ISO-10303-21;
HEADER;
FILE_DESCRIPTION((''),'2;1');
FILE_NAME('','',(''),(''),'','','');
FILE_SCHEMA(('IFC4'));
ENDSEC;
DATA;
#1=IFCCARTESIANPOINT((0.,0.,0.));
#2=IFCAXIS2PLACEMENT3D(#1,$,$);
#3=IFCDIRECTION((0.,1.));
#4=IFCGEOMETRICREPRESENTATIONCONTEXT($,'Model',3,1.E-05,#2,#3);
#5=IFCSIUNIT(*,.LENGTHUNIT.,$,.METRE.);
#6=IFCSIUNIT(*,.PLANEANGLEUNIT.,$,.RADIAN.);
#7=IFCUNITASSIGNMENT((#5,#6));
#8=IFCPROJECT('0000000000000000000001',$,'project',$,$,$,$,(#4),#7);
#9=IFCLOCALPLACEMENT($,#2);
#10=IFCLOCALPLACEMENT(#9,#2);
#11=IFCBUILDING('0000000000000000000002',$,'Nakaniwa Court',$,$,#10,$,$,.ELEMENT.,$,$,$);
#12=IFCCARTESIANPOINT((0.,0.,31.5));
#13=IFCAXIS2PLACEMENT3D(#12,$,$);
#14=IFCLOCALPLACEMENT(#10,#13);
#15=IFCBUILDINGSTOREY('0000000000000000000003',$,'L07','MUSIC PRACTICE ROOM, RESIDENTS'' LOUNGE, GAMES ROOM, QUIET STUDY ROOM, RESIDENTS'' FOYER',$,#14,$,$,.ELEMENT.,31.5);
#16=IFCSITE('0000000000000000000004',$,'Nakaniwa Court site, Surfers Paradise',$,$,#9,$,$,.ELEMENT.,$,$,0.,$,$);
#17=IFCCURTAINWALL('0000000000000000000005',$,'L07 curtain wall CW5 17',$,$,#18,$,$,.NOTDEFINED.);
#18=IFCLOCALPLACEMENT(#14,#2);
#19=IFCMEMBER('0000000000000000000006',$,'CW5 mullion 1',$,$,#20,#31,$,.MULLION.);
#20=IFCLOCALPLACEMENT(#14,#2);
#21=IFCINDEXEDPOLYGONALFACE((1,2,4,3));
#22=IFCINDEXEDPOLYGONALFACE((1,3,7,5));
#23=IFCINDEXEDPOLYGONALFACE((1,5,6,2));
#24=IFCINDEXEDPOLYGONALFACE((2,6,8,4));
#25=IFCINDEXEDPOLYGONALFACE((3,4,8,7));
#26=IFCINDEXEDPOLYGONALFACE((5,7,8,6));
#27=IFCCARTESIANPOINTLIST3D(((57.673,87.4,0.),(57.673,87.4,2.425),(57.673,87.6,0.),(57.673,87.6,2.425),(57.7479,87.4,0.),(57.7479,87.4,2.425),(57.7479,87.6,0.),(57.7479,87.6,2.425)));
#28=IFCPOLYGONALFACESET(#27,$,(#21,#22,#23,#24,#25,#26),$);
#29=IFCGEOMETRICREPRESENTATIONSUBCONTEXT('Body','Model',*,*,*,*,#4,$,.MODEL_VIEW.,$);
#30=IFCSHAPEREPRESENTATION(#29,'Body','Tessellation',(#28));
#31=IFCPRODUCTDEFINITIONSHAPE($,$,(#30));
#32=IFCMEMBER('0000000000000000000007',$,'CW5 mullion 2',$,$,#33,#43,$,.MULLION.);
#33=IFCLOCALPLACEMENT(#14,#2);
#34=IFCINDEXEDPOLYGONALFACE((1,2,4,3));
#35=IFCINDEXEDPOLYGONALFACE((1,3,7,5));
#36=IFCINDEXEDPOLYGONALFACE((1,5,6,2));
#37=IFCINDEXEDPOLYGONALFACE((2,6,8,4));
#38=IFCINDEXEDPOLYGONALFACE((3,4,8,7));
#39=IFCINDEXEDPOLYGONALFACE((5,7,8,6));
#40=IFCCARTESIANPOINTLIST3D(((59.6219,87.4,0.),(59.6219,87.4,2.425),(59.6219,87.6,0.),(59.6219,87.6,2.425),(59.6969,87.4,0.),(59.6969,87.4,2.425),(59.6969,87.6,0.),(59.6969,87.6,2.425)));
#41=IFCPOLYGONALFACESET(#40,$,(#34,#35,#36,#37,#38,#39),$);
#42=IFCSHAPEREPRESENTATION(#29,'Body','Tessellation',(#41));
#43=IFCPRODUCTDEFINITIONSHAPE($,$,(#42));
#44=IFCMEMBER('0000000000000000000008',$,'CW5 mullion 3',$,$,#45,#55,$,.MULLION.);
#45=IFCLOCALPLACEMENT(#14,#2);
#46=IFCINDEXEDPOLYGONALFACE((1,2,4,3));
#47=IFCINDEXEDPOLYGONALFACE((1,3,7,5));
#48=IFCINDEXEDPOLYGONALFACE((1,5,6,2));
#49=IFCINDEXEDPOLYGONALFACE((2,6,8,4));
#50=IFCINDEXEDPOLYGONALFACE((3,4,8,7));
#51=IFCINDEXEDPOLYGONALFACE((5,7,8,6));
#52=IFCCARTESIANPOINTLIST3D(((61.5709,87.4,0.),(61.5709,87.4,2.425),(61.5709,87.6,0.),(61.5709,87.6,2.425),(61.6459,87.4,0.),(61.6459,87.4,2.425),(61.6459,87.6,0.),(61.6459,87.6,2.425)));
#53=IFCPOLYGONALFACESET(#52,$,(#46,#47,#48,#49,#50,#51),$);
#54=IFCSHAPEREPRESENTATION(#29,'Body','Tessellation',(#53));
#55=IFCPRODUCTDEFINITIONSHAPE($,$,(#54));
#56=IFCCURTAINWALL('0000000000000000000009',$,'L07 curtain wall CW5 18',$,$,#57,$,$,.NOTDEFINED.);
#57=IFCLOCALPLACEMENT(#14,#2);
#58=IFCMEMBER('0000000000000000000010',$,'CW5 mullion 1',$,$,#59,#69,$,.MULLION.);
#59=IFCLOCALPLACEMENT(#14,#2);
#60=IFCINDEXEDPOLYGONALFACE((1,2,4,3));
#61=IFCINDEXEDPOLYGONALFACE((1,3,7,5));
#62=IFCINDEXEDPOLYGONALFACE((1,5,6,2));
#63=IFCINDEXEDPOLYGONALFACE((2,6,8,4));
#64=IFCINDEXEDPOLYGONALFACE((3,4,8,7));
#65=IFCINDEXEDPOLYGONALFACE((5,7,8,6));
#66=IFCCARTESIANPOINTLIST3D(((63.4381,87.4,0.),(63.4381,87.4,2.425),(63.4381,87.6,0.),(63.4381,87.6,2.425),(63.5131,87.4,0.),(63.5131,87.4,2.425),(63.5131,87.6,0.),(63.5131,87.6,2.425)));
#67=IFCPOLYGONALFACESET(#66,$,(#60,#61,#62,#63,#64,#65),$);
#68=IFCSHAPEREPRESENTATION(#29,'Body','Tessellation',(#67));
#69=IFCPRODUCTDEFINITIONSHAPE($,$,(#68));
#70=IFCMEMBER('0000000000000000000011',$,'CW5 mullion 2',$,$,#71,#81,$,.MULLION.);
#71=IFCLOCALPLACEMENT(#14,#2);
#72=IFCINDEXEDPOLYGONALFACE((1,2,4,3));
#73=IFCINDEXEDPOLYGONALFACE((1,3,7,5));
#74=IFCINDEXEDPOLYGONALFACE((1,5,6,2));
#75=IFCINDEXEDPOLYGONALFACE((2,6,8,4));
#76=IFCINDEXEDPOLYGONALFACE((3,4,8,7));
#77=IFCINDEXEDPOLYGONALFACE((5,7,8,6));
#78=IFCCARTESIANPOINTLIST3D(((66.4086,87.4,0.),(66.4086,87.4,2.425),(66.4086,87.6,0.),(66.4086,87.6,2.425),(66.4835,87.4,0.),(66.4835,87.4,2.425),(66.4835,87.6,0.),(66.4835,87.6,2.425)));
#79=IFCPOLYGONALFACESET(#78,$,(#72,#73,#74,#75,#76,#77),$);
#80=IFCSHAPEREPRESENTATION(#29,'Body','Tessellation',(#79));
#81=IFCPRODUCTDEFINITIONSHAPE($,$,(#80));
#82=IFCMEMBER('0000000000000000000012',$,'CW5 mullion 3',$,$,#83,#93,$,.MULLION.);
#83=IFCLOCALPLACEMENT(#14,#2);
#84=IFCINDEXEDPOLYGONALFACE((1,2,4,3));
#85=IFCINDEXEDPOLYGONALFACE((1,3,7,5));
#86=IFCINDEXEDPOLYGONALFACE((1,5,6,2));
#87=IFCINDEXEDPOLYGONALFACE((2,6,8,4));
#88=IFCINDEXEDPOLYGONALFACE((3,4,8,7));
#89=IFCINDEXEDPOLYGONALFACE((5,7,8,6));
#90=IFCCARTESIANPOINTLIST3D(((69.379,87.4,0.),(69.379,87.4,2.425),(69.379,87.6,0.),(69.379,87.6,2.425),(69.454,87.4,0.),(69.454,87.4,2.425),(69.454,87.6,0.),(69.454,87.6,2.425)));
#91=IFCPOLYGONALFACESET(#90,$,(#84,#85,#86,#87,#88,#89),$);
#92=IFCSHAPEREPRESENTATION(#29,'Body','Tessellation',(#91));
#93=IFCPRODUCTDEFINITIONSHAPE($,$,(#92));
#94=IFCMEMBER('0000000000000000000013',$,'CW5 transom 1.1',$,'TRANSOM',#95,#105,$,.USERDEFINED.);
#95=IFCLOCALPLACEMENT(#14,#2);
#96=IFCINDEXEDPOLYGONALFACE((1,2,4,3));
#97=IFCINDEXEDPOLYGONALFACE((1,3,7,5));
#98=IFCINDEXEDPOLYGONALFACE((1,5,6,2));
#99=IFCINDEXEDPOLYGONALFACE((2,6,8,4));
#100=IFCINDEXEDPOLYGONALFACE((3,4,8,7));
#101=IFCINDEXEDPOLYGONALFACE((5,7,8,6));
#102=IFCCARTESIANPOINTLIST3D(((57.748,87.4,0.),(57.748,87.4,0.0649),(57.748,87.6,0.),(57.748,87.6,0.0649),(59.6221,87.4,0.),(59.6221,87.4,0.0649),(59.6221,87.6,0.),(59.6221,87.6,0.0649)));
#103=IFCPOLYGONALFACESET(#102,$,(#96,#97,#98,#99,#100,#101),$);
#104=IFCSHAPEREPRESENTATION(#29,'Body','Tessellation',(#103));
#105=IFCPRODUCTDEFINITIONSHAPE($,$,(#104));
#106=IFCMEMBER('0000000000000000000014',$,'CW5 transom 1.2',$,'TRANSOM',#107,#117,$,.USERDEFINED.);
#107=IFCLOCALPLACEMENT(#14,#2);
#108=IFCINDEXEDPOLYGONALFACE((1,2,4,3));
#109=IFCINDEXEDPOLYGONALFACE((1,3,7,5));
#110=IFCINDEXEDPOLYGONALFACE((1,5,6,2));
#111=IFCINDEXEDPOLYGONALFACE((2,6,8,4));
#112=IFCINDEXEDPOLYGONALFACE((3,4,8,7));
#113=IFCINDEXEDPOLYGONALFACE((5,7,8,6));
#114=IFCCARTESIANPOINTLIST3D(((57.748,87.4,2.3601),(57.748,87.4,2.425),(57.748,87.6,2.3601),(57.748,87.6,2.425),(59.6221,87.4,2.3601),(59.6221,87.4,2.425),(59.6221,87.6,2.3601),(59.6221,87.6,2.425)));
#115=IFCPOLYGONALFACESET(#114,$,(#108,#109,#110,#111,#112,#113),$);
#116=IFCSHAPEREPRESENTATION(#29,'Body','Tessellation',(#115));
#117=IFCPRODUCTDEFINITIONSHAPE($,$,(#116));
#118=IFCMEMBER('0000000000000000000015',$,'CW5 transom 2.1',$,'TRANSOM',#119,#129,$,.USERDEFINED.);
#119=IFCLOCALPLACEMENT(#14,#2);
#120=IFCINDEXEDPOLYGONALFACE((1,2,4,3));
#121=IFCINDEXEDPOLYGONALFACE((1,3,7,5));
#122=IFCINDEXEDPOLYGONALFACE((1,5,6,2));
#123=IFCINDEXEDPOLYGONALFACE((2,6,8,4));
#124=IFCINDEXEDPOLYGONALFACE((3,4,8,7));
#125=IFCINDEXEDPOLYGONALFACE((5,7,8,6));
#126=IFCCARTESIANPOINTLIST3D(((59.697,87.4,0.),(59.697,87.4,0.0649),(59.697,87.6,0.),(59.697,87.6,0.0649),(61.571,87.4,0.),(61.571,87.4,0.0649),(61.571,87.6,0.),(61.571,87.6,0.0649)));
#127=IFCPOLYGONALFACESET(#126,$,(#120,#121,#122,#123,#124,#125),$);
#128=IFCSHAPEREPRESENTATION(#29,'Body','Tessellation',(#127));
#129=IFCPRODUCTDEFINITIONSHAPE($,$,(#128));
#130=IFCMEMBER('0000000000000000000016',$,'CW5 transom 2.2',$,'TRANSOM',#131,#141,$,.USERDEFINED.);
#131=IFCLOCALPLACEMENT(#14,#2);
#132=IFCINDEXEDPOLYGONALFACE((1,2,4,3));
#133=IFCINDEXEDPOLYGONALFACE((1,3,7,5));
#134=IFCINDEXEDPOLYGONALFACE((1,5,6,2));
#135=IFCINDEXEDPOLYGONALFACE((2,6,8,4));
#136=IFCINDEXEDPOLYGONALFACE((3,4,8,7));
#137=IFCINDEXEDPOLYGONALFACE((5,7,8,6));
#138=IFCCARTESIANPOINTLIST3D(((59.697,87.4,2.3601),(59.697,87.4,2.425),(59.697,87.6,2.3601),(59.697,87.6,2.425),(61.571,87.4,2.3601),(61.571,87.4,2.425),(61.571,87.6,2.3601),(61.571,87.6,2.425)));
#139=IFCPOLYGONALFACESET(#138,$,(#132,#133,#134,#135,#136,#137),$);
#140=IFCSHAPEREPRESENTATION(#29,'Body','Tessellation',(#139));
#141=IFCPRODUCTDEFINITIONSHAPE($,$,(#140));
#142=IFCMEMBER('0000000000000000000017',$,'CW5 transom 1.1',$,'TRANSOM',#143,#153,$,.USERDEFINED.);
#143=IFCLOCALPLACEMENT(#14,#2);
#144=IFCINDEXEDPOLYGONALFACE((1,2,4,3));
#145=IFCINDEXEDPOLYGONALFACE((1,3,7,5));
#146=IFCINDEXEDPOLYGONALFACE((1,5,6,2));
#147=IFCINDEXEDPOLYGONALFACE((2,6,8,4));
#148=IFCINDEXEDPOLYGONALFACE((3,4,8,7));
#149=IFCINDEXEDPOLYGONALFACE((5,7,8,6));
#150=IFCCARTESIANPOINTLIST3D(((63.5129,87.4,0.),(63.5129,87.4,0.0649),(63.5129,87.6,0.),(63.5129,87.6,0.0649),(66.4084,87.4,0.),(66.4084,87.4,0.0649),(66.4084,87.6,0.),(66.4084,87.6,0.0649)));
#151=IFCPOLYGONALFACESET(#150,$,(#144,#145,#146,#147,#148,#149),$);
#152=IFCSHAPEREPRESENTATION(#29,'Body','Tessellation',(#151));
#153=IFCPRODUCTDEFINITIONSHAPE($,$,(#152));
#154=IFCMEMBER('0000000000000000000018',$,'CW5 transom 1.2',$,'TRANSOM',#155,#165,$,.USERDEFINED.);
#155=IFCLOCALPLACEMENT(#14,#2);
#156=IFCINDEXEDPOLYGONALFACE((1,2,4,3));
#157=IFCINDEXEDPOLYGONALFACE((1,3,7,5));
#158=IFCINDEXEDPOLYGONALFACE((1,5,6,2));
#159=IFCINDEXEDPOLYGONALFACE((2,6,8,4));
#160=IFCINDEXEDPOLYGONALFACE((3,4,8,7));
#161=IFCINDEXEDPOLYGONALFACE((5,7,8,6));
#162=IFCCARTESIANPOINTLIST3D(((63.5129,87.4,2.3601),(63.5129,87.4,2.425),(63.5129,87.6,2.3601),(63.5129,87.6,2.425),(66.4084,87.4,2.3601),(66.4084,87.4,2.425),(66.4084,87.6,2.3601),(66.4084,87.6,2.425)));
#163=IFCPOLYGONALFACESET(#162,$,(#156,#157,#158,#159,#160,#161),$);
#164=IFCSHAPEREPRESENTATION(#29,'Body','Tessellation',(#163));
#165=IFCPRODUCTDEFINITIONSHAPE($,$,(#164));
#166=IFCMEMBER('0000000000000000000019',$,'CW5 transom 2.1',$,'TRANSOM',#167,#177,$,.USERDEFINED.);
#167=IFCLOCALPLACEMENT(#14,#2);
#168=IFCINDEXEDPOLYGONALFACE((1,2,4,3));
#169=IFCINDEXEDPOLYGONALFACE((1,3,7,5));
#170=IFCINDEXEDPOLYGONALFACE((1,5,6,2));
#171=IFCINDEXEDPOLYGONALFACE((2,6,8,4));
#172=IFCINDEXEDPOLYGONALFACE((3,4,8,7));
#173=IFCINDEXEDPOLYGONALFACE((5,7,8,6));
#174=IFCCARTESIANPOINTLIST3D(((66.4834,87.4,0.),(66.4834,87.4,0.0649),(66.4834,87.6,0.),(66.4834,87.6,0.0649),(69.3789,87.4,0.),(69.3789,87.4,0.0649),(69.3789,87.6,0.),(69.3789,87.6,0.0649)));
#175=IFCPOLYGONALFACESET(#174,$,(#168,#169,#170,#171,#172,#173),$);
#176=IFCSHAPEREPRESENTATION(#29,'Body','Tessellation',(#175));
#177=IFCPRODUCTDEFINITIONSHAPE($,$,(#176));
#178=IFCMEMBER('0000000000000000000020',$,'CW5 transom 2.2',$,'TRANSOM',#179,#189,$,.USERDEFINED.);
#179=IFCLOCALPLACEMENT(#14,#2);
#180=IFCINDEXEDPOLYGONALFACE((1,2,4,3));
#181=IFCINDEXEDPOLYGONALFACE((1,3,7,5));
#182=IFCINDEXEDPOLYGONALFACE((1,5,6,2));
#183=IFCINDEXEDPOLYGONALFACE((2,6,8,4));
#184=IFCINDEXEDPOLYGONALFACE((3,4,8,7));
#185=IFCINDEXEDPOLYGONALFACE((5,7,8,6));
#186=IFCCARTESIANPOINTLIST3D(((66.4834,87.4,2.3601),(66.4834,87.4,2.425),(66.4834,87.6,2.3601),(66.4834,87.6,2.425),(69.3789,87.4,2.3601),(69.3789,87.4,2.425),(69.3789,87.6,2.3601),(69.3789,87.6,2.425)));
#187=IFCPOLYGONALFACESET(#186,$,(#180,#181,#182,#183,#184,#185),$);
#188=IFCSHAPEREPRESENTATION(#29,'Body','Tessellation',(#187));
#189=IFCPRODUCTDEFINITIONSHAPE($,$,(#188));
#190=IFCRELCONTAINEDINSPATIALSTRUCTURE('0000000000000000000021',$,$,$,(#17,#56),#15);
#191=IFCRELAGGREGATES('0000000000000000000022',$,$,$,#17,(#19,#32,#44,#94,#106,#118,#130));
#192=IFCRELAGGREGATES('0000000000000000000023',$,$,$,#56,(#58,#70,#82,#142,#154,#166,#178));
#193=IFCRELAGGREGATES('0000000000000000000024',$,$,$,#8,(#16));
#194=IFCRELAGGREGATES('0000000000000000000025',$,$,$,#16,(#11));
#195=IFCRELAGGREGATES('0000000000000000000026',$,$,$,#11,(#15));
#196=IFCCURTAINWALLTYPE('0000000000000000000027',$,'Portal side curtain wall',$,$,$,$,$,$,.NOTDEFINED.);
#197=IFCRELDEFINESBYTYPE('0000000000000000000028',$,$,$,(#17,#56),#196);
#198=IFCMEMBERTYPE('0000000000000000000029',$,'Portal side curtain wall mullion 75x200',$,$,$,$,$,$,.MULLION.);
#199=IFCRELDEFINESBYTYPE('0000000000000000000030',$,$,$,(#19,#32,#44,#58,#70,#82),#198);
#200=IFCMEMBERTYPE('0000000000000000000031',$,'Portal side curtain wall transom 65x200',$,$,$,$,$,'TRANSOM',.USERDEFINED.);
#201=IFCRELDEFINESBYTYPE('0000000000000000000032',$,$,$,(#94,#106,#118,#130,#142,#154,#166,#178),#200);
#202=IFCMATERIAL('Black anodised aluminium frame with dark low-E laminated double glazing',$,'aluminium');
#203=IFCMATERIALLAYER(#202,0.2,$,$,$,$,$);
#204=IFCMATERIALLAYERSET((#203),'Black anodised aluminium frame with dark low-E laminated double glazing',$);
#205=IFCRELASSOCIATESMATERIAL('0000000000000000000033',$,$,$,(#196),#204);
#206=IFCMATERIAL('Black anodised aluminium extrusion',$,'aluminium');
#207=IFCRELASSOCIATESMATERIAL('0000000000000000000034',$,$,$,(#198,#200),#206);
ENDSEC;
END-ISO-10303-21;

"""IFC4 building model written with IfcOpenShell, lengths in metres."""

from ifc_helpers import new_model, si_unit, direction, frame, origin, origin_2d, place, context, subcontext, project, spatial, rectangle, extrude, material, layer, layer_set, material_profile, profile_set, type_object, element, aggregate, save


model = new_model("IFC4")

# Units and contexts
model_context = context("Model", 3, precision=1e-05, world=origin(), true_north=direction((0.0, 1.0)))
body_context = subcontext(model_context, "Body", "Model", "MODEL_VIEW")
ifc_project = project(units=[si_unit("LENGTHUNIT", "METRE"), si_unit("PLANEANGLEUNIT", "RADIAN")], contexts=[model_context])

# Site, building, storey
site_placement = place(None, origin())
site = spatial("IfcSite", under=ifc_project, at=site_placement, Name="Nakaniwa Court site, Surfers Paradise", CompositionType="ELEMENT", RefElevation=0.0)
building_placement = place(site_placement, origin())
building = spatial("IfcBuilding", under=site, at=building_placement, Name="Nakaniwa Court", CompositionType="ELEMENT")
storey_placement = place(building_placement, frame((0.0, 0.0, 31.5)))
storey = spatial("IfcBuildingStorey", under=building, at=storey_placement, Name="L07", Description="MUSIC PRACTICE ROOM, RESIDENTS' LOUNGE, GAMES ROOM, QUIET STUDY ROOM, RESIDENTS' FOYER", CompositionType="ELEMENT", Elevation=31.5)

# Curtain walls, members
ifc_material_1 = material(Name="Black anodised aluminium frame with dark low-E laminated double glazing", Category="aluminium")
ifc_layer_1 = layer(ifc_material_1, 0.2)
ifc_layer_set_1 = layer_set([ifc_layer_1], Name="Black anodised aluminium frame with dark low-E laminated double glazing")
curtain_wall_type = type_object("IfcCurtainWallType", Name="Portal side curtain wall", PredefinedType="NOTDEFINED", material=ifc_layer_set_1)
curtain_wall_1_placement = place(storey_placement, origin())
curtain_wall_1 = element("IfcCurtainWall", 1, at=curtain_wall_1_placement, inside=storey, type_object=curtain_wall_type, Name="L07 curtain wall CW5 17", PredefinedType="NOTDEFINED")
ifc_material_2 = material(Name="Black anodised aluminium extrusion", Category="aluminium")
ifc_material_profile_1 = material_profile(ifc_material_2, rectangle(XDim=0.2, YDim=0.075, at=origin_2d()), Name="Portal side curtain wall mullion 75x200")
ifc_profile_set_1 = profile_set([ifc_material_profile_1], Name="Black anodised aluminium extrusion")
member_type_1 = type_object("IfcMemberType", Name="Portal side curtain wall mullion 75x200", PredefinedType="MULLION", material=ifc_profile_set_1)
member_1_placement = place(storey_placement, frame((57.7104, 87.5, 0.0), z_axis=(0.0, 0.0, 1.0), x_axis=(0.0, 1.0, 0.0)))
member_1 = element("IfcMember", 2, at=member_1_placement, type_object=member_type_1, Name="CW5 mullion 1", PredefinedType="MULLION", context=body_context, shape_type="SweptSolid", body=[
    extrude(rectangle(XDim=0.2, YDim=0.075, at=origin_2d()), origin(), (0.0, 0.0, 1.0), 2.425),
])
member_2_placement = place(storey_placement, frame((59.6594, 87.5, 0.0), z_axis=(0.0, 0.0, 1.0), x_axis=(0.0, 1.0, 0.0)))
member_2 = element("IfcMember", 3, at=member_2_placement, type_object=member_type_1, Name="CW5 mullion 2", PredefinedType="MULLION", context=body_context, shape_type="SweptSolid", body=[
    extrude(rectangle(XDim=0.2, YDim=0.075, at=origin_2d()), origin(), (0.0, 0.0, 1.0), 2.425),
])
member_3_placement = place(storey_placement, frame((61.6084, 87.5, 0.0), z_axis=(0.0, 0.0, 1.0), x_axis=(0.0, 1.0, 0.0)))
member_3 = element("IfcMember", 4, at=member_3_placement, type_object=member_type_1, Name="CW5 mullion 3", PredefinedType="MULLION", context=body_context, shape_type="SweptSolid", body=[
    extrude(rectangle(XDim=0.2, YDim=0.075, at=origin_2d()), origin(), (0.0, 0.0, 1.0), 2.425),
])
curtain_wall_2_placement = place(storey_placement, origin())
curtain_wall_2 = element("IfcCurtainWall", 5, at=curtain_wall_2_placement, inside=storey, type_object=curtain_wall_type, Name="L07 curtain wall CW5 18", PredefinedType="NOTDEFINED")
member_4_placement = place(storey_placement, frame((63.4756, 87.5, 0.0), z_axis=(0.0, 0.0, 1.0), x_axis=(0.0, 1.0, 0.0)))
member_4 = element("IfcMember", 6, at=member_4_placement, type_object=member_type_1, Name="CW5 mullion 1", PredefinedType="MULLION", context=body_context, shape_type="SweptSolid", body=[
    extrude(rectangle(XDim=0.2, YDim=0.075, at=origin_2d()), origin(), (0.0, 0.0, 1.0), 2.425),
])
member_5_placement = place(storey_placement, frame((66.446, 87.5, 0.0), z_axis=(0.0, 0.0, 1.0), x_axis=(0.0, 1.0, 0.0)))
member_5 = element("IfcMember", 7, at=member_5_placement, type_object=member_type_1, Name="CW5 mullion 2", PredefinedType="MULLION", context=body_context, shape_type="SweptSolid", body=[
    extrude(rectangle(XDim=0.2, YDim=0.075, at=origin_2d()), origin(), (0.0, 0.0, 1.0), 2.425),
])
member_6_placement = place(storey_placement, frame((69.4165, 87.5, 0.0), z_axis=(0.0, 0.0, 1.0), x_axis=(0.0, 1.0, 0.0)))
member_6 = element("IfcMember", 8, at=member_6_placement, type_object=member_type_1, Name="CW5 mullion 3", PredefinedType="MULLION", context=body_context, shape_type="SweptSolid", body=[
    extrude(rectangle(XDim=0.2, YDim=0.075, at=origin_2d()), origin(), (0.0, 0.0, 1.0), 2.425),
])

# Members
ifc_material_profile_2 = material_profile(ifc_material_2, rectangle(XDim=0.2, YDim=0.0649, at=origin_2d()), Name="Portal side curtain wall transom 65x200")
ifc_profile_set_2 = profile_set([ifc_material_profile_2], Name="Black anodised aluminium extrusion")
member_type_2 = type_object("IfcMemberType", Name="Portal side curtain wall transom 65x200", ElementType="TRANSOM", PredefinedType="USERDEFINED", material=ifc_profile_set_2)
member_7_placement = place(storey_placement, frame((57.748, 87.5, 0.0325), z_axis=(1.0, 0.0, 0.0), x_axis=(0.0, 1.0, 0.0)))
member_7 = element("IfcMember", 9, at=member_7_placement, type_object=member_type_2, Name="CW5 transom 1.1", ObjectType="TRANSOM", PredefinedType="USERDEFINED", context=body_context, shape_type="SweptSolid", body=[
    extrude(rectangle(XDim=0.2, YDim=0.0649, at=origin_2d()), origin(), (0.0, 0.0, 1.0), 1.874),
])
member_8_placement = place(storey_placement, frame((57.748, 87.5, 2.3926), z_axis=(1.0, 0.0, 0.0), x_axis=(0.0, 1.0, 0.0)))
member_8 = element("IfcMember", 10, at=member_8_placement, type_object=member_type_2, Name="CW5 transom 1.2", ObjectType="TRANSOM", PredefinedType="USERDEFINED", context=body_context, shape_type="SweptSolid", body=[
    extrude(rectangle(XDim=0.2, YDim=0.0649, at=origin_2d()), origin(), (0.0, 0.0, 1.0), 1.874),
])
member_9_placement = place(storey_placement, frame((59.697, 87.5, 0.0325), z_axis=(1.0, 0.0, 0.0), x_axis=(0.0, 1.0, 0.0)))
member_9 = element("IfcMember", 11, at=member_9_placement, type_object=member_type_2, Name="CW5 transom 2.1", ObjectType="TRANSOM", PredefinedType="USERDEFINED", context=body_context, shape_type="SweptSolid", body=[
    extrude(rectangle(XDim=0.2, YDim=0.0649, at=origin_2d()), origin(), (0.0, 0.0, 1.0), 1.874),
])
member_10_placement = place(storey_placement, frame((59.697, 87.5, 2.3926), z_axis=(1.0, 0.0, 0.0), x_axis=(0.0, 1.0, 0.0)))
member_10 = element("IfcMember", 12, at=member_10_placement, type_object=member_type_2, Name="CW5 transom 2.2", ObjectType="TRANSOM", PredefinedType="USERDEFINED", context=body_context, shape_type="SweptSolid", body=[
    extrude(rectangle(XDim=0.2, YDim=0.0649, at=origin_2d()), origin(), (0.0, 0.0, 1.0), 1.874),
])
member_11_placement = place(storey_placement, frame((63.5129, 87.5, 0.0325), z_axis=(1.0, 0.0, 0.0), x_axis=(0.0, 1.0, 0.0)))
member_11 = element("IfcMember", 13, at=member_11_placement, type_object=member_type_2, Name="CW5 transom 1.1", ObjectType="TRANSOM", PredefinedType="USERDEFINED", context=body_context, shape_type="SweptSolid", body=[
    extrude(rectangle(XDim=0.2, YDim=0.0649, at=origin_2d()), origin(), (0.0, 0.0, 1.0), 2.8955),
])
member_12_placement = place(storey_placement, frame((63.5129, 87.5, 2.3926), z_axis=(1.0, 0.0, 0.0), x_axis=(0.0, 1.0, 0.0)))
member_12 = element("IfcMember", 14, at=member_12_placement, type_object=member_type_2, Name="CW5 transom 1.2", ObjectType="TRANSOM", PredefinedType="USERDEFINED", context=body_context, shape_type="SweptSolid", body=[
    extrude(rectangle(XDim=0.2, YDim=0.0649, at=origin_2d()), origin(), (0.0, 0.0, 1.0), 2.8955),
])
member_13_placement = place(storey_placement, frame((66.4834, 87.5, 0.0325), z_axis=(1.0, 0.0, 0.0), x_axis=(0.0, 1.0, 0.0)))
member_13 = element("IfcMember", 15, at=member_13_placement, type_object=member_type_2, Name="CW5 transom 2.1", ObjectType="TRANSOM", PredefinedType="USERDEFINED", context=body_context, shape_type="SweptSolid", body=[
    extrude(rectangle(XDim=0.2, YDim=0.0649, at=origin_2d()), origin(), (0.0, 0.0, 1.0), 2.8955),
])
member_14_placement = place(storey_placement, frame((66.4834, 87.5, 2.3926), z_axis=(1.0, 0.0, 0.0), x_axis=(0.0, 1.0, 0.0)))
member_14 = element("IfcMember", 16, at=member_14_placement, type_object=member_type_2, Name="CW5 transom 2.2", ObjectType="TRANSOM", PredefinedType="USERDEFINED", context=body_context, shape_type="SweptSolid", body=[
    extrude(rectangle(XDim=0.2, YDim=0.0649, at=origin_2d()), origin(), (0.0, 0.0, 1.0), 2.8955),
])

aggregate(curtain_wall_1, [member_1, member_2, member_3, member_7, member_8, member_9, member_10])
aggregate(curtain_wall_2, [member_4, member_5, member_6, member_11, member_12, member_13, member_14])

save(model, "model.ifc")
